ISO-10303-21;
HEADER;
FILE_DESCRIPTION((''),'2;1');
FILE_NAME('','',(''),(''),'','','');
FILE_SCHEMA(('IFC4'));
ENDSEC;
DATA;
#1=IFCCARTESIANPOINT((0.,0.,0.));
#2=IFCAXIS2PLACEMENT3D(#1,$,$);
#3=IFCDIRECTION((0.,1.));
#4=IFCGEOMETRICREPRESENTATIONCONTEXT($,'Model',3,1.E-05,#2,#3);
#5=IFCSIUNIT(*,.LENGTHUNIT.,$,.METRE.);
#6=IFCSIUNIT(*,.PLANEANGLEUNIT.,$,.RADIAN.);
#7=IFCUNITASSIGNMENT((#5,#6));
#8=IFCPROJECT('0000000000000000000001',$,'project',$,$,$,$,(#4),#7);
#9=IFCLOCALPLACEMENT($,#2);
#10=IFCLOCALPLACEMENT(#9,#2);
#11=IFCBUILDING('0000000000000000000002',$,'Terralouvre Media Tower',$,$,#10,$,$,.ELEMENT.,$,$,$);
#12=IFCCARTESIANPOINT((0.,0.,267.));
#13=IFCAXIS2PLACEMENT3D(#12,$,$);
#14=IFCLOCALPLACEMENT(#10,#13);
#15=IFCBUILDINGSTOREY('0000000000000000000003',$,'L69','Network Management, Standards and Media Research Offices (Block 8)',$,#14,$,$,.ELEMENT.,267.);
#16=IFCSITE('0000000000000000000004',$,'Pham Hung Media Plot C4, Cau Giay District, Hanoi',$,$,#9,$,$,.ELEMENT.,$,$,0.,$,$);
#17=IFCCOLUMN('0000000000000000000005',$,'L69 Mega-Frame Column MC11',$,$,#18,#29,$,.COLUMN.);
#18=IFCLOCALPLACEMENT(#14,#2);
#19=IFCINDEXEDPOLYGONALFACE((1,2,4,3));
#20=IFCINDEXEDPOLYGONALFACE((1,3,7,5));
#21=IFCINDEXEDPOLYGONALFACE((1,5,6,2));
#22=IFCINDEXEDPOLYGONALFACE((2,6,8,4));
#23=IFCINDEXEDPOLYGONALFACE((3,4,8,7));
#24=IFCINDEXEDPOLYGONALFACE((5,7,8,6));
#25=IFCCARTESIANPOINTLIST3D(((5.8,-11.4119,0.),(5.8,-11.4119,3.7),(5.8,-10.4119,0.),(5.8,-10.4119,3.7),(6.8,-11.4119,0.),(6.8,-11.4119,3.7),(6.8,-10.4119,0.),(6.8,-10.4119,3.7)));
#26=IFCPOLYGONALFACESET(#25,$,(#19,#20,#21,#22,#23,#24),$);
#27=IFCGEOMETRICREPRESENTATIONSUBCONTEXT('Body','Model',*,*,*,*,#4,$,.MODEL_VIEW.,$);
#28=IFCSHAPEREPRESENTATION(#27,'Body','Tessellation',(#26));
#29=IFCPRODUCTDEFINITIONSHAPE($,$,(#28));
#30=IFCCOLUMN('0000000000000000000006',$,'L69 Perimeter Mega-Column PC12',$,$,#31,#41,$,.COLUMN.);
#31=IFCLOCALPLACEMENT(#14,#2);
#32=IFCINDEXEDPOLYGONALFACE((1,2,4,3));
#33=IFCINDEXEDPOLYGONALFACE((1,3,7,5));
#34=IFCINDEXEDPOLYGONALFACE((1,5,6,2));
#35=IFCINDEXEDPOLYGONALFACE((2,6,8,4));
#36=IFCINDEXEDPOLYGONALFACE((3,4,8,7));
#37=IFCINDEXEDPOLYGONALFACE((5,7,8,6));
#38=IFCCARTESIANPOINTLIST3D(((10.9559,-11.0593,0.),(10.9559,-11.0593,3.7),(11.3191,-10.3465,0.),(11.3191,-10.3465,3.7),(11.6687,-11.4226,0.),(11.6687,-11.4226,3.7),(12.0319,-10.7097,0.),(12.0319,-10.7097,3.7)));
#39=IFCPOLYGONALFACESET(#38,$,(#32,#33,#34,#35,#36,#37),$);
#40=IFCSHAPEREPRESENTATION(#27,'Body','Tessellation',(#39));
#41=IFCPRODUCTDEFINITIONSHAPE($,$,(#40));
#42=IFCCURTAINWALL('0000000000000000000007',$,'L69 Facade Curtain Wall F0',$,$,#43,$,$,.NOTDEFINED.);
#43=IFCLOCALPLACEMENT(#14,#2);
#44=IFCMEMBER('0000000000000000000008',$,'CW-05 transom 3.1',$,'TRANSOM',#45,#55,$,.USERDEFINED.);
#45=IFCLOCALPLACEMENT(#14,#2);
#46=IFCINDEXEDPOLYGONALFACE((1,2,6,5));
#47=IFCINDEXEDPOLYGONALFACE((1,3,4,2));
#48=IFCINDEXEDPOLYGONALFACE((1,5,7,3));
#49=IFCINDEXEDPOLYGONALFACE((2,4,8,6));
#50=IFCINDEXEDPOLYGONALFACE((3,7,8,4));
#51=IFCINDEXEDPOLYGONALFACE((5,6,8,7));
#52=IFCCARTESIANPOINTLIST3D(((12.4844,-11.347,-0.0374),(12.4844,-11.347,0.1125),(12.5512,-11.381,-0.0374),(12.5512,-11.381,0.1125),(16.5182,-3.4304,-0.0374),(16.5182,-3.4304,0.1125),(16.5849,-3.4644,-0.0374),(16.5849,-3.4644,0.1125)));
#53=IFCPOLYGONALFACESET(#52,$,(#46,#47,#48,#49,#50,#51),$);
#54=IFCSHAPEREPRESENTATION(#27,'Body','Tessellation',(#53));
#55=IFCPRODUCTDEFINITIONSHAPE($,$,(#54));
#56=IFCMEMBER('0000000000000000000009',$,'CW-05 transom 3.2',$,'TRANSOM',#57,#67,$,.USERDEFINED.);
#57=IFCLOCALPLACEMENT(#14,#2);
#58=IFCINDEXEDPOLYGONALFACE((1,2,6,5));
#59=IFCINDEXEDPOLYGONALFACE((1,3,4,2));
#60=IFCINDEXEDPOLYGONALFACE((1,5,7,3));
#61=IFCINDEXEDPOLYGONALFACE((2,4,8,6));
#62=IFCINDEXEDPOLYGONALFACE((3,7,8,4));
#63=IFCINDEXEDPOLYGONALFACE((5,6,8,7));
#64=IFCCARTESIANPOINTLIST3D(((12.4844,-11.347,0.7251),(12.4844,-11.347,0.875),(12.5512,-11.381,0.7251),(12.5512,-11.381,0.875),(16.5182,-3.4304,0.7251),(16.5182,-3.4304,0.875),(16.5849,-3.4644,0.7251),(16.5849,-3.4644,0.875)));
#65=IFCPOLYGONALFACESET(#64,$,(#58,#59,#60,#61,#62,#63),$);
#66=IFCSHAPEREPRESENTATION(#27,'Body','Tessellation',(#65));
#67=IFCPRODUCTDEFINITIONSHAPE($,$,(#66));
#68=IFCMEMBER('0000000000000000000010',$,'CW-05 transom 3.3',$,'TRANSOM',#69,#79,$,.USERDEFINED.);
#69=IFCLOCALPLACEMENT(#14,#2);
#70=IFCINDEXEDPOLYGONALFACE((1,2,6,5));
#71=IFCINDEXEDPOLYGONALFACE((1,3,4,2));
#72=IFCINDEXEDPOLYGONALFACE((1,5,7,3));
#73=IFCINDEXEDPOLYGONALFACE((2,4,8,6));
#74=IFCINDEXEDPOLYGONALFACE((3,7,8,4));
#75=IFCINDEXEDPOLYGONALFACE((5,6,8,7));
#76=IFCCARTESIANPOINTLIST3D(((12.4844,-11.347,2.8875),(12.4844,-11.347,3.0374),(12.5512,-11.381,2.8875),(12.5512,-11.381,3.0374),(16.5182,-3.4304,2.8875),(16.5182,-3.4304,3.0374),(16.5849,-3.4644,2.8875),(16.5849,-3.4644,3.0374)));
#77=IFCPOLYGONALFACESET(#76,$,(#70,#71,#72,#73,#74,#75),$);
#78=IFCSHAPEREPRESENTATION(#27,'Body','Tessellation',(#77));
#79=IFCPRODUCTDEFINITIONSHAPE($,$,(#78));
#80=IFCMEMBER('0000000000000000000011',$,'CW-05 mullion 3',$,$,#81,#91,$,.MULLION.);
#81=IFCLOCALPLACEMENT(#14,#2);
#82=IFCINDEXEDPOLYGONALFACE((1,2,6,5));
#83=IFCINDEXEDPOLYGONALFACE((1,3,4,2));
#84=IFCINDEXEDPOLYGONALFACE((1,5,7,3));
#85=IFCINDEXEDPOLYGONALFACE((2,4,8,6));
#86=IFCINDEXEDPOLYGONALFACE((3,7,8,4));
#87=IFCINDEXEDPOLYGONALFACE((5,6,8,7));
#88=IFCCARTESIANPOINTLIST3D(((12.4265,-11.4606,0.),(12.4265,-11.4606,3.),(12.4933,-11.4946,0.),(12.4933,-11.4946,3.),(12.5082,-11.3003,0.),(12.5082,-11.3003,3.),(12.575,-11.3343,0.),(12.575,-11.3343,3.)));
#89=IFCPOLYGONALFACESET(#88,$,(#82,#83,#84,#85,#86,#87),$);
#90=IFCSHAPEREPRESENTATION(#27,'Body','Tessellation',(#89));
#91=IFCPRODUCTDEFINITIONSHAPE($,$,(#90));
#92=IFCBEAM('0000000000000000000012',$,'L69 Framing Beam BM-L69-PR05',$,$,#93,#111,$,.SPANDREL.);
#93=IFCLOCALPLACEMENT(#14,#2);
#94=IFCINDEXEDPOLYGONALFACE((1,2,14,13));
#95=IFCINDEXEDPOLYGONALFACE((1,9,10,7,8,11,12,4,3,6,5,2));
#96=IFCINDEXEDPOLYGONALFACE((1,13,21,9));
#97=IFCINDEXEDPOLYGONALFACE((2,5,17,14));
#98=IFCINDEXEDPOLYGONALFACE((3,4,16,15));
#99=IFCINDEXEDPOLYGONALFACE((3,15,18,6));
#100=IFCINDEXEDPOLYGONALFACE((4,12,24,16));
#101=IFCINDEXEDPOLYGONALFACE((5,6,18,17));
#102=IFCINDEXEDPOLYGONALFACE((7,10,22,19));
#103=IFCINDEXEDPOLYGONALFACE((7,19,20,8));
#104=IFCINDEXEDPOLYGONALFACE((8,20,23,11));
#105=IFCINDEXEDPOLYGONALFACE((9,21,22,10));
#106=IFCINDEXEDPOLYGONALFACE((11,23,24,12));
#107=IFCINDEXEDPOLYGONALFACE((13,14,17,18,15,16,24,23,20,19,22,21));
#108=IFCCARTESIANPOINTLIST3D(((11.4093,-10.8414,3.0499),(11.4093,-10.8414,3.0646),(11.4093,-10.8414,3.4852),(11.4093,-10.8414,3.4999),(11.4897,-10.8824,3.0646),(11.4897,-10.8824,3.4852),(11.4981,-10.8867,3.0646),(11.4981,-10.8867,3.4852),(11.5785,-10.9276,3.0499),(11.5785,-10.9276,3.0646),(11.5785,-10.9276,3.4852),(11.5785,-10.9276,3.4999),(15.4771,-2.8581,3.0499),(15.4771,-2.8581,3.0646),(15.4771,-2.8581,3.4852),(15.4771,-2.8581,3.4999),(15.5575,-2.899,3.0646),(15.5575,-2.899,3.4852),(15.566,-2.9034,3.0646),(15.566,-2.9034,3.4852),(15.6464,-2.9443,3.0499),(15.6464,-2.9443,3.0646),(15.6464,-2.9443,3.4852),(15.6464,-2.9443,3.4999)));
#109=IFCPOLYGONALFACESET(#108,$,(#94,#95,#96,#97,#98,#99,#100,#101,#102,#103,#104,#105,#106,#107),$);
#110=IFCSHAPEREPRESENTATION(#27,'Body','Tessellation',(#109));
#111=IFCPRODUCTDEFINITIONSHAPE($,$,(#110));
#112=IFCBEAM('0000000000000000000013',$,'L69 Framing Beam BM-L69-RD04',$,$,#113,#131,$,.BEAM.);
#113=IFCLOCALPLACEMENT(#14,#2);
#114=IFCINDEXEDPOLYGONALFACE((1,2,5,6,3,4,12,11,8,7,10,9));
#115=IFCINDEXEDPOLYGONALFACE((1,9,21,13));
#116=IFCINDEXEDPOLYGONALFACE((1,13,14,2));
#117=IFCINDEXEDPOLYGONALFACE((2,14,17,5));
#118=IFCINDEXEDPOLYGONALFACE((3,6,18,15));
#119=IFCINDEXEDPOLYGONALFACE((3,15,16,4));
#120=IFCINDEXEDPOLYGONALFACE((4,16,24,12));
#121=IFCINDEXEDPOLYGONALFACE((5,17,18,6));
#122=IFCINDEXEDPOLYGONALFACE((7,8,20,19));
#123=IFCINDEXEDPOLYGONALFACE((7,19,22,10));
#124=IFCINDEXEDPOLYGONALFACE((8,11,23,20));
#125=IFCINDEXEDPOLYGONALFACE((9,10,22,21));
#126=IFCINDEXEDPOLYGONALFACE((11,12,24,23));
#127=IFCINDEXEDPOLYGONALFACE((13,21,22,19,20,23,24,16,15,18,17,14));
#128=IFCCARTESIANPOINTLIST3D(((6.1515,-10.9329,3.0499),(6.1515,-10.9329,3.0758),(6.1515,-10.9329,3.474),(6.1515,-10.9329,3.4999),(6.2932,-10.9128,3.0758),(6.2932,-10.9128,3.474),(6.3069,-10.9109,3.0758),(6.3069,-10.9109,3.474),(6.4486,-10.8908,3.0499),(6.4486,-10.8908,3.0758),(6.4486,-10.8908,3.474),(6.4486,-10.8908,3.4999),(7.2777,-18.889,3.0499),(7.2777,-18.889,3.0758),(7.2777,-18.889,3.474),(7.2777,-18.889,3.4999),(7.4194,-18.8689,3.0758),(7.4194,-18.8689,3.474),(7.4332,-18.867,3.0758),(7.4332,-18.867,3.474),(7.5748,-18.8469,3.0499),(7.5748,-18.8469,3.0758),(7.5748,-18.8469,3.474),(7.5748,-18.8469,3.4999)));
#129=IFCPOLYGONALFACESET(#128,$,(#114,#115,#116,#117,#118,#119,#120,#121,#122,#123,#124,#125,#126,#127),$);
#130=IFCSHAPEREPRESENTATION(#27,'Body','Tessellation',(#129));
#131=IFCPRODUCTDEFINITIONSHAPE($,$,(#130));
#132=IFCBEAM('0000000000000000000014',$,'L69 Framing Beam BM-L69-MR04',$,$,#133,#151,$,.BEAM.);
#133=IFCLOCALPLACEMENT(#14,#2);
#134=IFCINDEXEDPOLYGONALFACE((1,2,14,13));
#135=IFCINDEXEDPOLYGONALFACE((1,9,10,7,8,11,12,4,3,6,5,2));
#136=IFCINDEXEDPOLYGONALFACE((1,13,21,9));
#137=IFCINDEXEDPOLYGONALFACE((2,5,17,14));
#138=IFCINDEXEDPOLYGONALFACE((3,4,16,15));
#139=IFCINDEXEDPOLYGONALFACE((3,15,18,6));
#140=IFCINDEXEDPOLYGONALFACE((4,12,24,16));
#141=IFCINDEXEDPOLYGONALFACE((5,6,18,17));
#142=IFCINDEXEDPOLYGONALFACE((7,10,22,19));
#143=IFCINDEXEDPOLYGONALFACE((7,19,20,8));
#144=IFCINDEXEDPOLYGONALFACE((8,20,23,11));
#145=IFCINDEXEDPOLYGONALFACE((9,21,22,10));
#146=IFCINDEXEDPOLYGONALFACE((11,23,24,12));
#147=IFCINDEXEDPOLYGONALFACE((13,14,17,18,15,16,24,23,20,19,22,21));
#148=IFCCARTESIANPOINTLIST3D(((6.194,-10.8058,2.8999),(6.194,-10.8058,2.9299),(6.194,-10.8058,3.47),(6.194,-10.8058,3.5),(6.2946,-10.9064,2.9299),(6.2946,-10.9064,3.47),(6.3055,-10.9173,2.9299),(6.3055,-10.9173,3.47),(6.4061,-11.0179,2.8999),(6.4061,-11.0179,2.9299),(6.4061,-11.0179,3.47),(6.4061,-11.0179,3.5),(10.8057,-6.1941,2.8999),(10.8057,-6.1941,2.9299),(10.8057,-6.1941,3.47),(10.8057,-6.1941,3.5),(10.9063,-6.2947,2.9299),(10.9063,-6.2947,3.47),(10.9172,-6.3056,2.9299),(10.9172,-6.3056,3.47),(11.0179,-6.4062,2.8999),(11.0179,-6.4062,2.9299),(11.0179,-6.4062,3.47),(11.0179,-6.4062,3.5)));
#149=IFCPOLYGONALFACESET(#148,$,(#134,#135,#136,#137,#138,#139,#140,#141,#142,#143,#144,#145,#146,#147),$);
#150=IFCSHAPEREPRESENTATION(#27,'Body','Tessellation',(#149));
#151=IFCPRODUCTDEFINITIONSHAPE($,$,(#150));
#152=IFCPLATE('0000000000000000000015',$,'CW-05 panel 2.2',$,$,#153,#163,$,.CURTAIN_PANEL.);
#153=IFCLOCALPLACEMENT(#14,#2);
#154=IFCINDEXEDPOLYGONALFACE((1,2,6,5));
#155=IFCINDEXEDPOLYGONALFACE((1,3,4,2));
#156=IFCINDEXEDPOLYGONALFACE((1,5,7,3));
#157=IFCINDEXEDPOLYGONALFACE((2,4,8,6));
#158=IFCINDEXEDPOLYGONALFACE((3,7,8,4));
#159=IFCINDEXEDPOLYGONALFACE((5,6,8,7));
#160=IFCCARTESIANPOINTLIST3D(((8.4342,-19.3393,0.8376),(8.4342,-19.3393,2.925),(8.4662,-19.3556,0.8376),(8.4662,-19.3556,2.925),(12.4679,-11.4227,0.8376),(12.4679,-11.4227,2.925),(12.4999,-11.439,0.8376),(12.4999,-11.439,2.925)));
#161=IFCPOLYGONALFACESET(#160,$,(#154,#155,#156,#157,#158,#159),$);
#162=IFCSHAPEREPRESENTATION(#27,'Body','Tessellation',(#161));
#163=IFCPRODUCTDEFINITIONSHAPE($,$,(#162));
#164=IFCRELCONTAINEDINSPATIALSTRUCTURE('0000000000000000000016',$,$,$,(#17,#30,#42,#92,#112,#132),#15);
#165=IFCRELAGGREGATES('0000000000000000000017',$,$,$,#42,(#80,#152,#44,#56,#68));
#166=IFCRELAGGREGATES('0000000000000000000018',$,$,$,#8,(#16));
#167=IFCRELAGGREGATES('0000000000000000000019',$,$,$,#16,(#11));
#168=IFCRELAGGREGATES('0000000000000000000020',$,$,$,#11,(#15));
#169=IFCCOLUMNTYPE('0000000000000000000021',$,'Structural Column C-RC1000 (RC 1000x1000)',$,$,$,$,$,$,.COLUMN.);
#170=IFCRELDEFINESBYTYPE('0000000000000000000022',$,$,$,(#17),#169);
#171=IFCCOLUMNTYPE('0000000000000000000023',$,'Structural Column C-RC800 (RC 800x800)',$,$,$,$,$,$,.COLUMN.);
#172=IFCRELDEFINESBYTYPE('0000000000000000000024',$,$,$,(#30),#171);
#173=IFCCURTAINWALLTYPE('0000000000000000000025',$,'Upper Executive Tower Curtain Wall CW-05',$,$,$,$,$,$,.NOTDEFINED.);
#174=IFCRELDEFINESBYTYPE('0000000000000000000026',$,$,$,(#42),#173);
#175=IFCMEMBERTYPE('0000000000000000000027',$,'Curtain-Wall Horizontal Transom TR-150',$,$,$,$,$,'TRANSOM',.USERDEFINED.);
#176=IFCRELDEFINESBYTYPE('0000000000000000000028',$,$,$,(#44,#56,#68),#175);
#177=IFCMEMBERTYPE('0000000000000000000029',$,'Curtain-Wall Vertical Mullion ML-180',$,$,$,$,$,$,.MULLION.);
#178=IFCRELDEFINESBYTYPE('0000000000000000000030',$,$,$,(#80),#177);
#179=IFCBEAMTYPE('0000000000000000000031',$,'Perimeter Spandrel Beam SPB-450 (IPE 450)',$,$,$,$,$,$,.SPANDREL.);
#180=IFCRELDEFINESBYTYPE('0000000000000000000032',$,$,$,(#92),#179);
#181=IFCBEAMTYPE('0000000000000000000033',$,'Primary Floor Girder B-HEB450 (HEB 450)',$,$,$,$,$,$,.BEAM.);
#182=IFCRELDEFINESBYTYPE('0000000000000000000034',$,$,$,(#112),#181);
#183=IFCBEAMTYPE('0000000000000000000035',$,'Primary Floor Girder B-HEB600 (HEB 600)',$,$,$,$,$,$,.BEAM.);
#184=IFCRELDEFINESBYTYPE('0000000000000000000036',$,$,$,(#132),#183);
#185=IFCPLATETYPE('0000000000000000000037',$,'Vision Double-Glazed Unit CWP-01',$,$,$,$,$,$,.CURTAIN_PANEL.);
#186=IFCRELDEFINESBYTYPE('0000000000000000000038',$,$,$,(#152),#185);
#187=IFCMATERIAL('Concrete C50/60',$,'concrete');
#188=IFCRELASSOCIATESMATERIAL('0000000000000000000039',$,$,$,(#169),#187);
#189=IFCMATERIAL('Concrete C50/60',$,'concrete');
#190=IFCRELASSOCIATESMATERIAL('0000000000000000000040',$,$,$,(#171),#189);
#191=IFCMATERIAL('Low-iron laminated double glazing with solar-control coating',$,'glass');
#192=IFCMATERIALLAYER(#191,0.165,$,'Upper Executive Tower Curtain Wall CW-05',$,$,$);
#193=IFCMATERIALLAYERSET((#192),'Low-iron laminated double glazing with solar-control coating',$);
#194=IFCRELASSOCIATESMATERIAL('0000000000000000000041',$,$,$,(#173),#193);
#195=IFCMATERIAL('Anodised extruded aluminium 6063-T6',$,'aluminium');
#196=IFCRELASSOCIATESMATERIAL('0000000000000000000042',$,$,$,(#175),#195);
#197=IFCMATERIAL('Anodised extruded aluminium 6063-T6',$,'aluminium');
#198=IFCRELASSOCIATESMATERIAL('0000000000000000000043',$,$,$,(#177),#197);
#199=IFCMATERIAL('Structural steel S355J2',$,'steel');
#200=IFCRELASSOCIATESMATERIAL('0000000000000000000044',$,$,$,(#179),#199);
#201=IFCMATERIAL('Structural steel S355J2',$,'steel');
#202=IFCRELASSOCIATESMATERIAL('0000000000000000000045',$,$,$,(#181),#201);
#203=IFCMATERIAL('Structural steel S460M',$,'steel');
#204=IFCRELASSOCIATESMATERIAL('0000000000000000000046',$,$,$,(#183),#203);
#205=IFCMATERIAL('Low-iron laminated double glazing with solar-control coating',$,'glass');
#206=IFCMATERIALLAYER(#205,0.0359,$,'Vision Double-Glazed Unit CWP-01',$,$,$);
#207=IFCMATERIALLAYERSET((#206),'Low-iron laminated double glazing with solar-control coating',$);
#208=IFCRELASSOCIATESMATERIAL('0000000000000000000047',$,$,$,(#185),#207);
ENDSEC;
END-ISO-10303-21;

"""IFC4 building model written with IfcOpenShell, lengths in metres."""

from ifc_helpers import new_model, si_unit, direction, frame, origin, origin_2d, place, context, subcontext, project, spatial, rectangle, i_section, extrude, material, layer, layer_set, material_profile, profile_set, type_object, element, aggregate, save


model = new_model("IFC4")

# Units and contexts
model_context = context("Model", 3, precision=1e-05, world=origin(), true_north=direction((0.0, 1.0)))
body_context = subcontext(model_context, "Body", "Model", "MODEL_VIEW")
ifc_project = project(units=[si_unit("LENGTHUNIT", "METRE"), si_unit("PLANEANGLEUNIT", "RADIAN")], contexts=[model_context])

# Site, building, storey
site_placement = place(None, origin())
site = spatial("IfcSite", under=ifc_project, at=site_placement, Name="Pham Hung Media Plot C4, Cau Giay District, Hanoi", CompositionType="ELEMENT", RefElevation=0.0)
building_placement = place(site_placement, origin())
building = spatial("IfcBuilding", under=site, at=building_placement, Name="Terralouvre Media Tower", CompositionType="ELEMENT")
storey_placement = place(building_placement, frame((0.0, 0.0, 267.0)))
storey = spatial("IfcBuildingStorey", under=building, at=storey_placement, Name="L69", Description="Network Management, Standards and Media Research Offices (Block 8)", CompositionType="ELEMENT", Elevation=267.0)

# Columns
ifc_material_1 = material(Name="Concrete C50/60", Category="concrete")
ifc_material_profile_1 = material_profile(ifc_material_1, rectangle(XDim=1.0, YDim=1.0, at=origin_2d()), Name="RC 1000x1000")
ifc_profile_set_1 = profile_set([ifc_material_profile_1], Name="Concrete C50/60")
column_type_1 = type_object("IfcColumnType", Name="Structural Column C-RC1000 (RC 1000x1000)", PredefinedType="COLUMN", material=ifc_profile_set_1)
column_1_placement = place(storey_placement, frame((6.3, -10.9119, 0.0), z_axis=(0.0, 0.0, 1.0), x_axis=(1.0, 0.0, 0.0)))
element("IfcColumn", 1, at=column_1_placement, inside=storey, type_object=column_type_1, Name="L69 Mega-Frame Column MC11", PredefinedType="COLUMN", context=body_context, shape_type="SweptSolid", body=[
    extrude(rectangle(XDim=1.0, YDim=1.0, at=origin_2d()), origin(), (0.0, 0.0, 1.0), 3.7),
])
ifc_material_2 = material(Name="Concrete C50/60", Category="concrete")
ifc_material_profile_2 = material_profile(ifc_material_2, rectangle(XDim=0.8, YDim=0.8, at=origin_2d()), Name="RC 800x800")
ifc_profile_set_2 = profile_set([ifc_material_profile_2], Name="Concrete C50/60")
column_type_2 = type_object("IfcColumnType", Name="Structural Column C-RC800 (RC 800x800)", PredefinedType="COLUMN", material=ifc_profile_set_2)
column_2_placement = place(storey_placement, frame((11.4939, -10.8845, 0.0), z_axis=(0.0, 0.0, 1.0), x_axis=(0.45399, 0.891007, 0.0)))
element("IfcColumn", 2, at=column_2_placement, inside=storey, type_object=column_type_2, Name="L69 Perimeter Mega-Column PC12", PredefinedType="COLUMN", context=body_context, shape_type="SweptSolid", body=[
    extrude(rectangle(XDim=0.8, YDim=0.8, at=origin_2d()), origin(), (0.0, 0.0, 1.0), 3.7),
])

# Curtain wall, members
ifc_material_3 = material(Name="Low-iron laminated double glazing with solar-control coating", Category="glass")
ifc_layer_1 = layer(ifc_material_3, 0.165, Name="Upper Executive Tower Curtain Wall CW-05")
ifc_layer_set_1 = layer_set([ifc_layer_1], Name="Low-iron laminated double glazing with solar-control coating")
curtain_wall_type = type_object("IfcCurtainWallType", Name="Upper Executive Tower Curtain Wall CW-05", PredefinedType="NOTDEFINED", material=ifc_layer_set_1)
curtain_wall_placement = place(storey_placement, origin())
curtain_wall = element("IfcCurtainWall", 3, at=curtain_wall_placement, inside=storey, type_object=curtain_wall_type, Name="L69 Facade Curtain Wall F0", PredefinedType="NOTDEFINED")
ifc_material_4 = material(Name="Anodised extruded aluminium 6063-T6", Category="aluminium")
ifc_material_profile_3 = material_profile(ifc_material_4, rectangle(XDim=0.075, YDim=0.1499, at=origin_2d()), Name="ALU 75x150")
ifc_profile_set_3 = profile_set([ifc_material_profile_3], Name="Anodised extruded aluminium 6063-T6")
member_type_1 = type_object("IfcMemberType", Name="Curtain-Wall Horizontal Transom TR-150", ElementType="TRANSOM", PredefinedType="USERDEFINED", material=ifc_profile_set_3)
member_1_placement = place(storey_placement, frame((12.5178, -11.364, 0.0376), z_axis=(0.453993, 0.891005, 0.0), x_axis=(-0.891005, 0.453993, 0.0)))
member_1 = element("IfcMember", 4, at=member_1_placement, type_object=member_type_1, Name="CW-05 transom 3.1", ObjectType="TRANSOM", PredefinedType="USERDEFINED", context=body_context, shape_type="SweptSolid", body=[
    extrude(rectangle(XDim=0.075, YDim=0.1499, at=origin_2d()), origin(), (0.0, 0.0, 1.0), 8.885),
])
member_2_placement = place(storey_placement, frame((12.5178, -11.364, 0.8), z_axis=(0.453993, 0.891005, 0.0), x_axis=(-0.891005, 0.453993, 0.0)))
member_2 = element("IfcMember", 5, at=member_2_placement, type_object=member_type_1, Name="CW-05 transom 3.2", ObjectType="TRANSOM", PredefinedType="USERDEFINED", context=body_context, shape_type="SweptSolid", body=[
    extrude(rectangle(XDim=0.075, YDim=0.1499, at=origin_2d()), origin(), (0.0, 0.0, 1.0), 8.885),
])
member_3_placement = place(storey_placement, frame((12.5178, -11.364, 2.9624), z_axis=(0.453993, 0.891005, 0.0), x_axis=(-0.891005, 0.453993, 0.0)))
member_3 = element("IfcMember", 6, at=member_3_placement, type_object=member_type_1, Name="CW-05 transom 3.3", ObjectType="TRANSOM", PredefinedType="USERDEFINED", context=body_context, shape_type="SweptSolid", body=[
    extrude(rectangle(XDim=0.075, YDim=0.1499, at=origin_2d()), origin(), (0.0, 0.0, 1.0), 8.885),
])
ifc_material_5 = material(Name="Anodised extruded aluminium 6063-T6", Category="aluminium")
ifc_material_profile_4 = material_profile(ifc_material_5, rectangle(XDim=0.075, YDim=0.1799, at=origin_2d()), Name="ALU 75x180")
ifc_profile_set_4 = profile_set([ifc_material_profile_4], Name="Anodised extruded aluminium 6063-T6")
member_type_2 = type_object("IfcMemberType", Name="Curtain-Wall Vertical Mullion ML-180", PredefinedType="MULLION", material=ifc_profile_set_4)
member_4_placement = place(storey_placement, frame((12.5007, -11.3975, 0.0), z_axis=(0.0, 0.0, 1.0), x_axis=(-0.891007, 0.45399, 0.0)))
member_4 = element("IfcMember", 7, at=member_4_placement, type_object=member_type_2, Name="CW-05 mullion 3", PredefinedType="MULLION", context=body_context, shape_type="SweptSolid", body=[
    extrude(rectangle(XDim=0.075, YDim=0.1799, at=origin_2d()), origin(), (0.0, 0.0, 1.0), 3.0),
])

# Beams
ifc_material_6 = material(Name="Structural steel S355J2", Category="steel")
ifc_material_profile_5 = material_profile(ifc_material_6, i_section(OverallWidth=0.1899, OverallDepth=0.45, WebThickness=0.0095, FlangeThickness=0.0146, at=origin_2d()), Name="IPE 450")
ifc_profile_set_5 = profile_set([ifc_material_profile_5], Name="Structural steel S355J2")
beam_type_1 = type_object("IfcBeamType", Name="Perimeter Spandrel Beam SPB-450 (IPE 450)", PredefinedType="SPANDREL", material=ifc_profile_set_5)
beam_1_placement = place(storey_placement, frame((11.4939, -10.8845, 3.2749), z_axis=(0.454002, 0.891001, 0.0), x_axis=(-0.891001, 0.454002, 0.0)))
element("IfcBeam", 8, at=beam_1_placement, inside=storey, type_object=beam_type_1, Name="L69 Framing Beam BM-L69-PR05", PredefinedType="SPANDREL", context=body_context, shape_type="SweptSolid", body=[
    extrude(i_section(OverallWidth=0.1899, OverallDepth=0.45, WebThickness=0.0095, FlangeThickness=0.0146, at=origin_2d()), origin(), (0.0, 0.0, 1.0), 8.96),
])
ifc_material_7 = material(Name="Structural steel S355J2", Category="steel")
ifc_material_profile_6 = material_profile(ifc_material_7, i_section(OverallWidth=0.3, OverallDepth=0.45, WebThickness=0.0139, FlangeThickness=0.0259, at=origin_2d()), Name="HEB 450")
ifc_profile_set_6 = profile_set([ifc_material_profile_6], Name="Structural steel S355J2")
beam_type_2 = type_object("IfcBeamType", Name="Primary Floor Girder B-HEB450 (HEB 450)", PredefinedType="BEAM", material=ifc_profile_set_6)
beam_2_placement = place(storey_placement, frame((6.3, -10.9119, 3.2749), z_axis=(0.140158, -0.990129, 0.0), x_axis=(0.990129, 0.140158, 0.0)))
element("IfcBeam", 9, at=beam_2_placement, inside=storey, type_object=beam_type_2, Name="L69 Framing Beam BM-L69-RD04", PredefinedType="BEAM", context=body_context, shape_type="SweptSolid", body=[
    extrude(i_section(OverallWidth=0.3, OverallDepth=0.45, WebThickness=0.0139, FlangeThickness=0.0259, at=origin_2d()), origin(), (0.0, 0.0, 1.0), 8.0354),
])
ifc_material_8 = material(Name="Structural steel S460M", Category="steel")
ifc_material_profile_7 = material_profile(ifc_material_8, i_section(OverallWidth=0.3, OverallDepth=0.6001, WebThickness=0.0154, FlangeThickness=0.03, at=origin_2d()), Name="HEB 600")
ifc_profile_set_7 = profile_set([ifc_material_profile_7], Name="Structural steel S460M")
beam_type_3 = type_object("IfcBeamType", Name="Primary Floor Girder B-HEB600 (HEB 600)", PredefinedType="BEAM", material=ifc_profile_set_7)
beam_3_placement = place(storey_placement, frame((6.3, -10.9119, 3.2), z_axis=(0.707107, 0.707107, 0.0), x_axis=(-0.707107, 0.707107, 0.0)))
element("IfcBeam", 10, at=beam_3_placement, inside=storey, type_object=beam_type_3, Name="L69 Framing Beam BM-L69-MR04", PredefinedType="BEAM", context=body_context, shape_type="SweptSolid", body=[
    extrude(i_section(OverallWidth=0.3, OverallDepth=0.6001, WebThickness=0.0154, FlangeThickness=0.03, at=origin_2d()), origin(), (0.0, 0.0, 1.0), 6.522),
])

# Plate
ifc_material_9 = material(Name="Low-iron laminated double glazing with solar-control coating", Category="glass")
ifc_layer_2 = layer(ifc_material_9, 0.0359, Name="Vision Double-Glazed Unit CWP-01")
ifc_layer_set_2 = layer_set([ifc_layer_2], Name="Low-iron laminated double glazing with solar-control coating")
plate_type = type_object("IfcPlateType", Name="Vision Double-Glazed Unit CWP-01", PredefinedType="CURTAIN_PANEL", material=ifc_layer_set_2)
plate_placement = place(storey_placement, frame((10.467, -15.3892, 0.8376), z_axis=(0.0, 0.0, 1.0), x_axis=(0.45399, 0.891007, 0.0)))
plate = element("IfcPlate", 11, at=plate_placement, type_object=plate_type, Name="CW-05 panel 2.2", PredefinedType="CURTAIN_PANEL", context=body_context, shape_type="SweptSolid", body=[
    extrude(rectangle(XDim=8.885, YDim=0.0359, at=origin_2d()), origin(), (0.0, 0.0, 1.0), 2.0874),
])
aggregate(curtain_wall, [member_4, plate, member_1, member_2, member_3])

save(model, "model.ifc")
